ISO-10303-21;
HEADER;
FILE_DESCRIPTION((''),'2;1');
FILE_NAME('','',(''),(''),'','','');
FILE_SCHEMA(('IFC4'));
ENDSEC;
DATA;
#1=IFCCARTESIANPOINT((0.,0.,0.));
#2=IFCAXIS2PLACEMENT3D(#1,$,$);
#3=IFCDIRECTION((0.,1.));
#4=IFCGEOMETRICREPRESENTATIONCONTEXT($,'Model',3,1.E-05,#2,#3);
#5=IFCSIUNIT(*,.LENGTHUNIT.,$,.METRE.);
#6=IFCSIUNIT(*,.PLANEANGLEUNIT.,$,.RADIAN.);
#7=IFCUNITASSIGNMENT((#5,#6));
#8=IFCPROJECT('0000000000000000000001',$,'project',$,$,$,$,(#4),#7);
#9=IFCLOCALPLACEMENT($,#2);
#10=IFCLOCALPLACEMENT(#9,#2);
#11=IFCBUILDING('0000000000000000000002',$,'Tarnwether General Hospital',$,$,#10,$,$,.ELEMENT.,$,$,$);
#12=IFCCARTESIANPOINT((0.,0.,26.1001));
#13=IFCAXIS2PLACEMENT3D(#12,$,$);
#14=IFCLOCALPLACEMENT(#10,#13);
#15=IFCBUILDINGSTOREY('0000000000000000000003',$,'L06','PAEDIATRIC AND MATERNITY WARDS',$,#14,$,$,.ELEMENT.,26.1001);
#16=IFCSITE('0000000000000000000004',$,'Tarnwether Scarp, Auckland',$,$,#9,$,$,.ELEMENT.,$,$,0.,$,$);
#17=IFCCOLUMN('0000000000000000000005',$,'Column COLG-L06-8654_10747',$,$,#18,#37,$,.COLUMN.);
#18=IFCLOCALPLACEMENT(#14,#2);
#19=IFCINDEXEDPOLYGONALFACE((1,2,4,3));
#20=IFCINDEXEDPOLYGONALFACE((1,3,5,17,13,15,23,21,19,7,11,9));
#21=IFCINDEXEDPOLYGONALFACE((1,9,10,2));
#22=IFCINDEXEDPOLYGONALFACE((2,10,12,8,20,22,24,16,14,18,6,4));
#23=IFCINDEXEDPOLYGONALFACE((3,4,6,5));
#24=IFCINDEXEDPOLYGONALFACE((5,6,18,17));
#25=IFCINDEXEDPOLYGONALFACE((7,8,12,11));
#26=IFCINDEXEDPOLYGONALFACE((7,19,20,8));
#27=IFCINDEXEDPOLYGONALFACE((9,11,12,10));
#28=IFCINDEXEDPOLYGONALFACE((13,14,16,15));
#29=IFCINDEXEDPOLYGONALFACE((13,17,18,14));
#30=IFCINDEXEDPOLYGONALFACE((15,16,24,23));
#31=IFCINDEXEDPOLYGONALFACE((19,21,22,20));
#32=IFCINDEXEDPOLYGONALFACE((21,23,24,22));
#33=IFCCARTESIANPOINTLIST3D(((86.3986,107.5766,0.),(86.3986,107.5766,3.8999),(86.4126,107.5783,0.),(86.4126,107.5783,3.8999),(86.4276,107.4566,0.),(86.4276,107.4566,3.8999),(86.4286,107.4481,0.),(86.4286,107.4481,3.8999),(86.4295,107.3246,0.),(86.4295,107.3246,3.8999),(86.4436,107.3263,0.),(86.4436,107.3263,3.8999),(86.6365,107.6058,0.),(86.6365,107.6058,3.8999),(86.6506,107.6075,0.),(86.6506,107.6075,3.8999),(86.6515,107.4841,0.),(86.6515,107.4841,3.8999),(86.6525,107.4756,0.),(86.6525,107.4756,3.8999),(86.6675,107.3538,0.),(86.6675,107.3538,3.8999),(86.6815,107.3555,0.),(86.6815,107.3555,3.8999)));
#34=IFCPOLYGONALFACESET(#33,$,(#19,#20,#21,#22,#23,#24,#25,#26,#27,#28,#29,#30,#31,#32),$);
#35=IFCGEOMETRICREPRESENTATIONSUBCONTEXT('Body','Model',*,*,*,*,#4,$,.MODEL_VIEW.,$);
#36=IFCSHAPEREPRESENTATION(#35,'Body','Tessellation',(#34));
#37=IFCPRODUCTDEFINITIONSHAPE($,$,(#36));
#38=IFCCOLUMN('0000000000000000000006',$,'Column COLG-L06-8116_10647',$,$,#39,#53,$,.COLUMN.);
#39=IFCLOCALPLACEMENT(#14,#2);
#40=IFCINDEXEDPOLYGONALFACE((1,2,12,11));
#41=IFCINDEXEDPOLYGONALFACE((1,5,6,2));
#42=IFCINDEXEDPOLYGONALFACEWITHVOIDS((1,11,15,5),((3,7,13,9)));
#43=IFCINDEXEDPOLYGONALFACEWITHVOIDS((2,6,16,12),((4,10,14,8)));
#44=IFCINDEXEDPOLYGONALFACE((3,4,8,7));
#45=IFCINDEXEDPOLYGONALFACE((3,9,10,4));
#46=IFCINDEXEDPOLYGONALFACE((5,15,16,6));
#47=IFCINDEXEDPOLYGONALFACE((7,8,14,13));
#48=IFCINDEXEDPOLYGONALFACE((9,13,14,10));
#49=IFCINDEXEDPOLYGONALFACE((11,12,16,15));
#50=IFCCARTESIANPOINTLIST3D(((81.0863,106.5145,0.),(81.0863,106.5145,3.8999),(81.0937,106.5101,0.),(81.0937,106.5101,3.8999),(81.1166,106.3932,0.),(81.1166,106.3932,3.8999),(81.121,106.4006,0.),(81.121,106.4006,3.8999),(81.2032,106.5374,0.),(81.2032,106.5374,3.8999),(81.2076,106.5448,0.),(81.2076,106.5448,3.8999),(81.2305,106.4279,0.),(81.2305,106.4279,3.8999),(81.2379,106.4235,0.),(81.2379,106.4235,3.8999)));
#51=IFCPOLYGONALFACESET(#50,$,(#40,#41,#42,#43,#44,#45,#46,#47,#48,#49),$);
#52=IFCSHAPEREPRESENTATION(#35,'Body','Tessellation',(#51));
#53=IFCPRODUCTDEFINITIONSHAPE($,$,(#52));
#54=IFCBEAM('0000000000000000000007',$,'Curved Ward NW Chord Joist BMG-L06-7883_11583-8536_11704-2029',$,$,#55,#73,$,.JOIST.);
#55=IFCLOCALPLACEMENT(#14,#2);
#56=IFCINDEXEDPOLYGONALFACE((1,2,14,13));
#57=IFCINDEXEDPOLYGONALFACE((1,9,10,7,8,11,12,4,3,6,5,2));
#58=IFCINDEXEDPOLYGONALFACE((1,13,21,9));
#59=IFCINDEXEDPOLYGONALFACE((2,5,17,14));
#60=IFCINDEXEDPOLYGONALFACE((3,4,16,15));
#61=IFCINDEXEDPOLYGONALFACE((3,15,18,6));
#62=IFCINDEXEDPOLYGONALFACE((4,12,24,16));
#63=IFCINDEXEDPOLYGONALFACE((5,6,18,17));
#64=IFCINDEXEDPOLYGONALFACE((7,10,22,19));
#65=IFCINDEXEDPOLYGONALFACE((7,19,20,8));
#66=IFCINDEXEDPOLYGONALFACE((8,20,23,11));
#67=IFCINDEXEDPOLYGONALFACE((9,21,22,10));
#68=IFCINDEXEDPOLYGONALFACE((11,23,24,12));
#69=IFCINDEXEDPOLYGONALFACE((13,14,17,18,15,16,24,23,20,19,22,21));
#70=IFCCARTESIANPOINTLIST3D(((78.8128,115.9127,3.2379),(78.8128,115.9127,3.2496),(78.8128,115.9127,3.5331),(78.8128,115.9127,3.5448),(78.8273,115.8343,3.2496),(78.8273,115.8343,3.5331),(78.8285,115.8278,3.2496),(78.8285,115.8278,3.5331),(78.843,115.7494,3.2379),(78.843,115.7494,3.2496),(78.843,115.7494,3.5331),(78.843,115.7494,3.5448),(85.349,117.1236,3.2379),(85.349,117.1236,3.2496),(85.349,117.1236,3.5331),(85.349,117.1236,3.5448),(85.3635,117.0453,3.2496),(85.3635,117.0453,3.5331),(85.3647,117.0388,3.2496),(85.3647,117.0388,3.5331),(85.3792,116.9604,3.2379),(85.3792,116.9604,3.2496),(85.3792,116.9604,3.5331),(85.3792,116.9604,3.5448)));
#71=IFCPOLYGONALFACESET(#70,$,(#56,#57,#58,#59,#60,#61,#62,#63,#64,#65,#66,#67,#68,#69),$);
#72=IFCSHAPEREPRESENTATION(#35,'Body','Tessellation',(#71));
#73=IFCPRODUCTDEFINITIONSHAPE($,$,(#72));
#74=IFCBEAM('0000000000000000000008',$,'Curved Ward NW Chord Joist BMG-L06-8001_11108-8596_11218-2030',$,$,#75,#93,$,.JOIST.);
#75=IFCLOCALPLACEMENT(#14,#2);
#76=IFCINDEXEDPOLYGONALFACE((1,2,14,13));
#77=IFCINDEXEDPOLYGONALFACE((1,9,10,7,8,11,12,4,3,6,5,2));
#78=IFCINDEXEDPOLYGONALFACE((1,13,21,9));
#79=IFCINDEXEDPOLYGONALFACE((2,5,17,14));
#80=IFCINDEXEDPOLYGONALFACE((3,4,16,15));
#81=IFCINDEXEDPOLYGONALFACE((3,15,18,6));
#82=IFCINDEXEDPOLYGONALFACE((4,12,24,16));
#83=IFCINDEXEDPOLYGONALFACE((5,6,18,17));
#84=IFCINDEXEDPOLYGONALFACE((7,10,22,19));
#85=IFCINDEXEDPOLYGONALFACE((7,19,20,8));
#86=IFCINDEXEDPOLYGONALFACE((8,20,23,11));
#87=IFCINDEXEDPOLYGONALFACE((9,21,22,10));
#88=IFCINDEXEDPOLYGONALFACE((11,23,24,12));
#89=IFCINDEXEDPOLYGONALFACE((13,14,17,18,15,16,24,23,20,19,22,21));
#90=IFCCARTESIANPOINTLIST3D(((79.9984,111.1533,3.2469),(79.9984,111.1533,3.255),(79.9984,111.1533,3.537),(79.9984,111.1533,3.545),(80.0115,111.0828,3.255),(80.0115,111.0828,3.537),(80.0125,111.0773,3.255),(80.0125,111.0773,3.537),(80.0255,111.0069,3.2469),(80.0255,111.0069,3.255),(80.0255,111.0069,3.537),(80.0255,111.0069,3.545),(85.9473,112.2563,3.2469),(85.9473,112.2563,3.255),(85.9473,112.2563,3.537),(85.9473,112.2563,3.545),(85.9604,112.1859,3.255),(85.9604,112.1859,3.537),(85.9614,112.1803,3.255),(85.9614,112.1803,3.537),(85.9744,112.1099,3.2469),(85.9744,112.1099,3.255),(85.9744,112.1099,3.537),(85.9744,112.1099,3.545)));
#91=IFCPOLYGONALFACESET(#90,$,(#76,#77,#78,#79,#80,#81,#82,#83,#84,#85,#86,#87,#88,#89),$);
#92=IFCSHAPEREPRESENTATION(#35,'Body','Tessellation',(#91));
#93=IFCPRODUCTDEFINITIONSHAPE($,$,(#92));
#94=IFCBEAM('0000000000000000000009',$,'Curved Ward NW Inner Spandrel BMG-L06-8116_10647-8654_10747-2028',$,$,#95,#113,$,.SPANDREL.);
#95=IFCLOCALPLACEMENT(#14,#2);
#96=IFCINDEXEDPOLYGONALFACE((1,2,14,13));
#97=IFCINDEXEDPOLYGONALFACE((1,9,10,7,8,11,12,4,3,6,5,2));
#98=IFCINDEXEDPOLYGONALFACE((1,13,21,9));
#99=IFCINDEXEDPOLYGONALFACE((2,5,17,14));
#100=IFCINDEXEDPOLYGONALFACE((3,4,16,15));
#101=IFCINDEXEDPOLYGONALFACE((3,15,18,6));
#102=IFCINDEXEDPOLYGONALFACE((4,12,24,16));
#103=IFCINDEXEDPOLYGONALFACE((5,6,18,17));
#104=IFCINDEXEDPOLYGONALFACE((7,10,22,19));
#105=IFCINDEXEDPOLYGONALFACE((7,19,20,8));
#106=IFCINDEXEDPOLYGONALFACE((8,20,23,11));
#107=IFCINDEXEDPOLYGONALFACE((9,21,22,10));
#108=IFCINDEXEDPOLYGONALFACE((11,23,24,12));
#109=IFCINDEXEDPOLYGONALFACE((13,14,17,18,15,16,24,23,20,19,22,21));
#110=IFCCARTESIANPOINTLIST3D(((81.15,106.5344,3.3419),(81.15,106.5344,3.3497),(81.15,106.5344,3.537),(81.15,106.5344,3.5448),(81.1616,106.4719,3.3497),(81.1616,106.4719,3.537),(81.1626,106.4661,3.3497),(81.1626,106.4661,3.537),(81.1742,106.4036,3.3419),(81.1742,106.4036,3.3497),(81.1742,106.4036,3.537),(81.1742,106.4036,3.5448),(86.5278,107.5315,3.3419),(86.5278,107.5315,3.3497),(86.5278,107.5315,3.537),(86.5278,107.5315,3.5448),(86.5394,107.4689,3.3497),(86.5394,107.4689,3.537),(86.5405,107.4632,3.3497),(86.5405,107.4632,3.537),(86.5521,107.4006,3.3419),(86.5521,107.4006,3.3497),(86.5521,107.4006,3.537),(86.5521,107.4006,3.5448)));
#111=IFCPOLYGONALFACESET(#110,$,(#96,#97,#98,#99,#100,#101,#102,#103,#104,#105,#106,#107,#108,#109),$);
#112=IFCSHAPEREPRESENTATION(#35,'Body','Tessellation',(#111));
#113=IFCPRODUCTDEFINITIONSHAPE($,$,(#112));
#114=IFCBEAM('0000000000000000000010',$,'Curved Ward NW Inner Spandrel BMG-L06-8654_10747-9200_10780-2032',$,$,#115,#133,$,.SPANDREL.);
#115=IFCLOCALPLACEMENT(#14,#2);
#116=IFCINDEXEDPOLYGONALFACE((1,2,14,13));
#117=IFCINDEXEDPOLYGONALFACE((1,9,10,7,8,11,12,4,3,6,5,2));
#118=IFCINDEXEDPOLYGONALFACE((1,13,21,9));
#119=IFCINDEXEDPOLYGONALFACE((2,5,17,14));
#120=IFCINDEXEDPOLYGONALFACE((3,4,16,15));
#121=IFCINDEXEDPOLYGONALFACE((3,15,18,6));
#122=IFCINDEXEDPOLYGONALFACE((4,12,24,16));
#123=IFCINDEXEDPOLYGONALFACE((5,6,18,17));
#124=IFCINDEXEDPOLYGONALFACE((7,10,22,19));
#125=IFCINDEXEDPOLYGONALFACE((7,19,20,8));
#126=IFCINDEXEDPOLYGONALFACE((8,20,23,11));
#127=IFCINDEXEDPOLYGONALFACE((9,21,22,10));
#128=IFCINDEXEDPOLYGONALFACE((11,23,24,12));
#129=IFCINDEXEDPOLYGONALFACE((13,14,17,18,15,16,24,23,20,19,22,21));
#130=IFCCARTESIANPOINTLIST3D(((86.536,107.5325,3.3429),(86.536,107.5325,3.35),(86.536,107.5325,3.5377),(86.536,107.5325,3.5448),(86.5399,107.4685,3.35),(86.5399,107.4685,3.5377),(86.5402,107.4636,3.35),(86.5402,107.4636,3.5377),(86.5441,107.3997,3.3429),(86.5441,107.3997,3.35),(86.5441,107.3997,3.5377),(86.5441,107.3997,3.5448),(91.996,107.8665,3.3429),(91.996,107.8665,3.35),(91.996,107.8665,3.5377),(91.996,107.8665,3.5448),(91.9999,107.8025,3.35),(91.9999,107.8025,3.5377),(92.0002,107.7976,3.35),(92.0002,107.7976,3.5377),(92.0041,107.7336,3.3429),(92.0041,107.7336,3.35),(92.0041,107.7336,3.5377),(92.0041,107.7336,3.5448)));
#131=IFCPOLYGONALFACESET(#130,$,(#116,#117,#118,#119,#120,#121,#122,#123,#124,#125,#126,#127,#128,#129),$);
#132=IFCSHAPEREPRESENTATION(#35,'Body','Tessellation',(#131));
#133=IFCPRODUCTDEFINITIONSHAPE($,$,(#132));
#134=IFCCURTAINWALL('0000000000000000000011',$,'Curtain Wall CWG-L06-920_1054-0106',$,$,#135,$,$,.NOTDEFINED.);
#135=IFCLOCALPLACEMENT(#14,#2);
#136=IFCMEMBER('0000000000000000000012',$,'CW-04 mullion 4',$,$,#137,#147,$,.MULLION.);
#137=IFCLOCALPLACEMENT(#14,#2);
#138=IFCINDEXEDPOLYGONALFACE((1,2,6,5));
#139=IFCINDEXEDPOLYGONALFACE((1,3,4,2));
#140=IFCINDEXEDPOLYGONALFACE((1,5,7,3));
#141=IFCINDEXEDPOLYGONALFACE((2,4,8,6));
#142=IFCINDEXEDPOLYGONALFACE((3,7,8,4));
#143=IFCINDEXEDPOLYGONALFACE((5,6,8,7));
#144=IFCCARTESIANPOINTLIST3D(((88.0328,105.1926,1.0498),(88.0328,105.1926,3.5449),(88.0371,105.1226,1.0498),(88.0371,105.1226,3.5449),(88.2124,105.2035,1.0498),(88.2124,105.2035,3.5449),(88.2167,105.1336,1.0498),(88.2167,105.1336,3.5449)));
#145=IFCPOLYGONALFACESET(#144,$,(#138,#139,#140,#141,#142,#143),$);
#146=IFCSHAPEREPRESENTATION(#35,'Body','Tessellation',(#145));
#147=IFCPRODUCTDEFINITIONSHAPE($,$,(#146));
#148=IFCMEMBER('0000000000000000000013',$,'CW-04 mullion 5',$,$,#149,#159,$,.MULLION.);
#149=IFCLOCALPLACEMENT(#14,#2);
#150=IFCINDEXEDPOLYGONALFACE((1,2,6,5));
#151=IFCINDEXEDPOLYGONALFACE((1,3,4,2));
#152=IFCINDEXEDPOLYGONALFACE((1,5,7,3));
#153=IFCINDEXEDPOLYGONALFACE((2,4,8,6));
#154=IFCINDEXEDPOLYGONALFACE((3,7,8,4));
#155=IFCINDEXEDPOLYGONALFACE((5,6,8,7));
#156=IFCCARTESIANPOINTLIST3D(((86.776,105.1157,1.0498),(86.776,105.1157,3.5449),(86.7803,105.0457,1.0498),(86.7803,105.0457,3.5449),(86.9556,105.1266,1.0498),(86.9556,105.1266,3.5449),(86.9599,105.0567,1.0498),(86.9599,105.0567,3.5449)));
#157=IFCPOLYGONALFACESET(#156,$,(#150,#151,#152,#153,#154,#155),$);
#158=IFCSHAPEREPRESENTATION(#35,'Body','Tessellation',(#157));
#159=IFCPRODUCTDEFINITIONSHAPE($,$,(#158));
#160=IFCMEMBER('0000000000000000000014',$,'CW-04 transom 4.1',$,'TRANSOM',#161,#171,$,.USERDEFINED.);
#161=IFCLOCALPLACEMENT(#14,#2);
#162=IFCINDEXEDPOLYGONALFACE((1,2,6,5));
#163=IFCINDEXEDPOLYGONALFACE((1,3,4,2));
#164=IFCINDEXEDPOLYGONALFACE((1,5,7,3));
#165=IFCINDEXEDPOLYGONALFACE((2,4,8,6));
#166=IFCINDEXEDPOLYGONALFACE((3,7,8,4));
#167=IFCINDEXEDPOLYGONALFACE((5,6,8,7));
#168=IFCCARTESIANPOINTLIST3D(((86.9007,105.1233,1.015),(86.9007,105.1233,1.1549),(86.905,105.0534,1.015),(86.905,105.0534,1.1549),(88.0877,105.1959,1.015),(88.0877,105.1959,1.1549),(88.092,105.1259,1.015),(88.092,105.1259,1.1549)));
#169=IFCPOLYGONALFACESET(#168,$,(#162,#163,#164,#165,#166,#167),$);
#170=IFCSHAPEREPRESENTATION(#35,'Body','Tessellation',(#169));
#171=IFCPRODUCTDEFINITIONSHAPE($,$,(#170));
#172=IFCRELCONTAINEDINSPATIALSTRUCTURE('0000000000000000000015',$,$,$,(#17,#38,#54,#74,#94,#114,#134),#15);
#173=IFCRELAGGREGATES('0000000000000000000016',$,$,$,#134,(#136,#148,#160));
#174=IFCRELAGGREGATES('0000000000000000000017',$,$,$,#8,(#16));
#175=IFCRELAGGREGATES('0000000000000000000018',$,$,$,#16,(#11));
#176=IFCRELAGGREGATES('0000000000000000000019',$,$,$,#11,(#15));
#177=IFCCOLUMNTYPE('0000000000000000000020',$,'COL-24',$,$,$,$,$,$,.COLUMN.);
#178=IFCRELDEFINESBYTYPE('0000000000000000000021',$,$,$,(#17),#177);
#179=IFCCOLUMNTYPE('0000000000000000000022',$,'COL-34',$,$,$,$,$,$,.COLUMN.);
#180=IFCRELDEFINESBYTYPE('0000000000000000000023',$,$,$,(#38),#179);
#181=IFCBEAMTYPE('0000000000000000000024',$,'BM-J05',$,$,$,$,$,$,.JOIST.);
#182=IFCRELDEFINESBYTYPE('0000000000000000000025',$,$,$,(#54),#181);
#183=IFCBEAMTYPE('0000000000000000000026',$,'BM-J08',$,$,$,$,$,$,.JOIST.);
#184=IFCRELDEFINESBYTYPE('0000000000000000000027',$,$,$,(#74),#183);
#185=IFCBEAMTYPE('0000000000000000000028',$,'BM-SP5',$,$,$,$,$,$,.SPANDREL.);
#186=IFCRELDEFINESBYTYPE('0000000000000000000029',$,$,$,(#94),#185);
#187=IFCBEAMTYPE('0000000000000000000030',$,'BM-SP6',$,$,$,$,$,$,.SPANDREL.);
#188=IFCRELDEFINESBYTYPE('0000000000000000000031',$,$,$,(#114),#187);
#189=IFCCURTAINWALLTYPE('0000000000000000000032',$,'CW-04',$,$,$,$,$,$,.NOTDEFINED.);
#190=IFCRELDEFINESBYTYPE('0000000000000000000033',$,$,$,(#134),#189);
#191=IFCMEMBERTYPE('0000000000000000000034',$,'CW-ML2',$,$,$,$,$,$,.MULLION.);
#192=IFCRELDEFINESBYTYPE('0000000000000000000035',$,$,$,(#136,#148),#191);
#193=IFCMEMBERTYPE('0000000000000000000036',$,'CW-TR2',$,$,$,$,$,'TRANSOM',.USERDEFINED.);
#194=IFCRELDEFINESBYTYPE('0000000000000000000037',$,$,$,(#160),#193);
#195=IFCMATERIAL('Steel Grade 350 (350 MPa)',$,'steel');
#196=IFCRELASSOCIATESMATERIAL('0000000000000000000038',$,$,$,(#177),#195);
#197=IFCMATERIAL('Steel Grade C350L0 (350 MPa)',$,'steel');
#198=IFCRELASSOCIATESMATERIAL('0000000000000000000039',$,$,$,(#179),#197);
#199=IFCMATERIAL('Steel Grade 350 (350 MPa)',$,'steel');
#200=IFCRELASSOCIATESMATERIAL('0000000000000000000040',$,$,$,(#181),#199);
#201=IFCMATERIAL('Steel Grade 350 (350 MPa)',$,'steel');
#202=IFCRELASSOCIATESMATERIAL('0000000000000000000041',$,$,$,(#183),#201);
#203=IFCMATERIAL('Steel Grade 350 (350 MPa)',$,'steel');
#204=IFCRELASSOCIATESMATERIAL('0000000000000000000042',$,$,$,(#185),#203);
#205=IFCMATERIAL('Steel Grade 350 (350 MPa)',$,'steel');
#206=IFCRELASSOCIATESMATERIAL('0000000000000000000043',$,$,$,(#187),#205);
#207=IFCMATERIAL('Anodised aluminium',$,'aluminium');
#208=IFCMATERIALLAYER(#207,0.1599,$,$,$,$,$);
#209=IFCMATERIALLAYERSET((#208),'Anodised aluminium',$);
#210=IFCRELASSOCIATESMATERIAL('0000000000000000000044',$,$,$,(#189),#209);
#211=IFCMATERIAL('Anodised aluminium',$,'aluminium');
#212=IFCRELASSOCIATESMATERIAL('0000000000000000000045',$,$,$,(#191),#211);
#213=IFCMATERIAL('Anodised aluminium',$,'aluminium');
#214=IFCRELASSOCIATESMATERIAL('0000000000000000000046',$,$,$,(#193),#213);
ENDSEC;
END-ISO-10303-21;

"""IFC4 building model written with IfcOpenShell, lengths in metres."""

from ifc_helpers import new_model, si_unit, direction, frame, origin, origin_2d, place, context, subcontext, project, spatial, rectangle, hollow_rectangle, i_section, extrude, material, layer, layer_set, material_profile, profile_set, type_object, element, aggregate, save


model = new_model("IFC4")

# Units and contexts
model_context = context("Model", 3, precision=1e-05, world=origin(), true_north=direction((0.0, 1.0)))
body_context = subcontext(model_context, "Body", "Model", "MODEL_VIEW")
ifc_project = project(units=[si_unit("LENGTHUNIT", "METRE"), si_unit("PLANEANGLEUNIT", "RADIAN")], contexts=[model_context])

# Site, building, storey
site_placement = place(None, origin())
site = spatial("IfcSite", under=ifc_project, at=site_placement, Name="Tarnwether Scarp, Auckland", CompositionType="ELEMENT", RefElevation=0.0)
building_placement = place(site_placement, origin())
building = spatial("IfcBuilding", under=site, at=building_placement, Name="Tarnwether General Hospital", CompositionType="ELEMENT")
storey_placement = place(building_placement, frame((0.0, 0.0, 26.1001)))
storey = spatial("IfcBuildingStorey", under=building, at=storey_placement, Name="L06", Description="PAEDIATRIC AND MATERNITY WARDS", CompositionType="ELEMENT", Elevation=26.1001)

# Columns
ifc_material_1 = material(Name="Steel Grade 350 (350 MPa)", Category="steel")
ifc_material_profile_1 = material_profile(ifc_material_1, i_section(OverallWidth=0.2539, OverallDepth=0.2539, WebThickness=0.0085, FlangeThickness=0.0142, at=origin_2d()), Name="250UC72.9")
ifc_profile_set_1 = profile_set([ifc_material_profile_1], Name="Steel Grade 350 (350 MPa)")
column_type_1 = type_object("IfcColumnType", Name="COL-24", PredefinedType="COLUMN", material=ifc_profile_set_1)
column_1_placement = place(storey_placement, frame((86.54, 107.4661, 0.0), z_axis=(0.0, 0.0, 1.0), x_axis=(-0.121869, 0.992546, 0.0)))
element("IfcColumn", 1, at=column_1_placement, inside=storey, type_object=column_type_1, Name="Column COLG-L06-8654_10747", PredefinedType="COLUMN", context=body_context, shape_type="SweptSolid", body=[
    extrude(i_section(OverallWidth=0.2539, OverallDepth=0.2539, WebThickness=0.0085, FlangeThickness=0.0142, at=origin_2d()), origin(), (0.0, 0.0, 1.0), 3.8999),
])
ifc_material_2 = material(Name="Steel Grade C350L0 (350 MPa)", Category="steel")
ifc_material_profile_2 = material_profile(ifc_material_2, hollow_rectangle(XDim=0.125, YDim=0.125, WallThickness=0.0061, at=origin_2d()), Name="SHS125x125x6")
ifc_profile_set_2 = profile_set([ifc_material_profile_2], Name="Steel Grade C350L0 (350 MPa)")
column_type_2 = type_object("IfcColumnType", Name="COL-34", PredefinedType="COLUMN", material=ifc_profile_set_2)
column_2_placement = place(storey_placement, frame((81.1621, 106.469, 0.0), z_axis=(0.0, 0.0, 1.0), x_axis=(-0.241922, 0.970296, 0.0)))
element("IfcColumn", 2, at=column_2_placement, inside=storey, type_object=column_type_2, Name="Column COLG-L06-8116_10647", PredefinedType="COLUMN", context=body_context, shape_type="SweptSolid", body=[
    extrude(hollow_rectangle(XDim=0.125, YDim=0.125, WallThickness=0.0061, at=origin_2d()), origin(), (0.0, 0.0, 1.0), 3.8999),
])

# Beams
ifc_material_3 = material(Name="Steel Grade 350 (350 MPa)", Category="steel")
ifc_material_profile_3 = material_profile(ifc_material_3, i_section(OverallWidth=0.166, OverallDepth=0.3069, WebThickness=0.0066, FlangeThickness=0.0117, at=origin_2d()), Name="310UB46.2")
ifc_profile_set_3 = profile_set([ifc_material_profile_3], Name="Steel Grade 350 (350 MPa)")
beam_type_1 = type_object("IfcBeamType", Name="BM-J05", PredefinedType="JOIST", material=ifc_profile_set_3)
beam_1_placement = place(storey_placement, frame((78.8279, 115.8311, 3.3914), z_axis=(0.983267, 0.182168, 0.0), x_axis=(-0.182168, 0.983267, 0.0)))
element("IfcBeam", 3, at=beam_1_placement, inside=storey, type_object=beam_type_1, Name="Curved Ward NW Chord Joist BMG-L06-7883_11583-8536_11704-2029", PredefinedType="JOIST", context=body_context, shape_type="SweptSolid", body=[
    extrude(i_section(OverallWidth=0.166, OverallDepth=0.3069, WebThickness=0.0066, FlangeThickness=0.0117, at=origin_2d()), origin(), (0.0, 0.0, 1.0), 6.6475),
])
ifc_material_4 = material(Name="Steel Grade 350 (350 MPa)", Category="steel")
ifc_material_profile_4 = material_profile(ifc_material_4, i_section(OverallWidth=0.1489, OverallDepth=0.2981, WebThickness=0.0056, FlangeThickness=0.0081, at=origin_2d()), Name="310UB32.0")
ifc_profile_set_4 = profile_set([ifc_material_profile_4], Name="Steel Grade 350 (350 MPa)")
beam_type_2 = type_object("IfcBeamType", Name="BM-J08", PredefinedType="JOIST", material=ifc_profile_set_4)
beam_2_placement = place(storey_placement, frame((80.012, 111.0801, 3.396), z_axis=(0.983242, 0.182307, 0.0), x_axis=(-0.182307, 0.983242, 0.0)))
element("IfcBeam", 4, at=beam_2_placement, inside=storey, type_object=beam_type_2, Name="Curved Ward NW Chord Joist BMG-L06-8001_11108-8596_11218-2030", PredefinedType="JOIST", context=body_context, shape_type="SweptSolid", body=[
    extrude(i_section(OverallWidth=0.1489, OverallDepth=0.2981, WebThickness=0.0056, FlangeThickness=0.0081, at=origin_2d()), origin(), (0.0, 0.0, 1.0), 6.0503),
])
ifc_material_5 = material(Name="Steel Grade 350 (350 MPa)", Category="steel")
ifc_material_profile_5 = material_profile(ifc_material_5, i_section(OverallWidth=0.1331, OverallDepth=0.2029, WebThickness=0.0059, FlangeThickness=0.0078, at=origin_2d()), Name="200UB25.4")
ifc_profile_set_5 = profile_set([ifc_material_profile_5], Name="Steel Grade 350 (350 MPa)")
beam_type_3 = type_object("IfcBeamType", Name="BM-SP5", PredefinedType="SPANDREL", material=ifc_profile_set_5)
beam_3_placement = place(storey_placement, frame((81.1621, 106.469, 3.4434), z_axis=(0.983244, 0.182294, 0.0), x_axis=(-0.182294, 0.983244, 0.0)))
element("IfcBeam", 5, at=beam_3_placement, inside=storey, type_object=beam_type_3, Name="Curved Ward NW Inner Spandrel BMG-L06-8116_10647-8654_10747-2028", PredefinedType="SPANDREL", context=body_context, shape_type="SweptSolid", body=[
    extrude(i_section(OverallWidth=0.1331, OverallDepth=0.2029, WebThickness=0.0059, FlangeThickness=0.0078, at=origin_2d()), origin(), (0.0, 0.0, 1.0), 5.4695),
])
ifc_material_6 = material(Name="Steel Grade 350 (350 MPa)", Category="steel")
ifc_material_profile_6 = material_profile(ifc_material_6, i_section(OverallWidth=0.1331, OverallDepth=0.2019, WebThickness=0.0049, FlangeThickness=0.0071, at=origin_2d()), Name="200UB22.3")
ifc_profile_set_6 = profile_set([ifc_material_profile_6], Name="Steel Grade 350 (350 MPa)")
beam_type_4 = type_object("IfcBeamType", Name="BM-SP6", PredefinedType="SPANDREL", material=ifc_profile_set_6)
beam_4_placement = place(storey_placement, frame((86.54, 107.4661, 3.4438), z_axis=(0.998134, 0.061056, 0.0), x_axis=(-0.061056, 0.998134, 0.0)))
element("IfcBeam", 6, at=beam_4_placement, inside=storey, type_object=beam_type_4, Name="Curved Ward NW Inner Spandrel BMG-L06-8654_10747-9200_10780-2032", PredefinedType="SPANDREL", context=body_context, shape_type="SweptSolid", body=[
    extrude(i_section(OverallWidth=0.1331, OverallDepth=0.2019, WebThickness=0.0049, FlangeThickness=0.0071, at=origin_2d()), origin(), (0.0, 0.0, 1.0), 5.4702),
])

# Curtain wall, members
ifc_material_7 = material(Name="Anodised aluminium", Category="aluminium")
ifc_layer_1 = layer(ifc_material_7, 0.1599)
ifc_layer_set_1 = layer_set([ifc_layer_1], Name="Anodised aluminium")
curtain_wall_type = type_object("IfcCurtainWallType", Name="CW-04", PredefinedType="NOTDEFINED", material=ifc_layer_set_1)
curtain_wall_placement = place(storey_placement, origin())
curtain_wall = element("IfcCurtainWall", 7, at=curtain_wall_placement, inside=storey, type_object=curtain_wall_type, Name="Curtain Wall CWG-L06-920_1054-0106", PredefinedType="NOTDEFINED")
ifc_material_8 = material(Name="Anodised aluminium", Category="aluminium")
ifc_material_profile_7 = material_profile(ifc_material_8, rectangle(XDim=0.0701, YDim=0.1799, at=origin_2d()), Name="ALU-MUL-70x180")
ifc_profile_set_7 = profile_set([ifc_material_profile_7], Name="Anodised aluminium")
member_type_1 = type_object("IfcMemberType", Name="CW-ML2", PredefinedType="MULLION", material=ifc_profile_set_7)
member_1_placement = place(storey_placement, frame((88.1248, 105.1631, 1.0498), z_axis=(0.0, 0.0, 1.0), x_axis=(0.061043, -0.998135, 0.0)))
member_1 = element("IfcMember", 8, at=member_1_placement, type_object=member_type_1, Name="CW-04 mullion 4", PredefinedType="MULLION", context=body_context, shape_type="SweptSolid", body=[
    extrude(rectangle(XDim=0.0701, YDim=0.1799, at=origin_2d()), origin(), (0.0, 0.0, 1.0), 2.4951),
])
member_2_placement = place(storey_placement, frame((86.8679, 105.0862, 1.0498), z_axis=(0.0, 0.0, 1.0), x_axis=(0.061043, -0.998135, 0.0)))
member_2 = element("IfcMember", 9, at=member_2_placement, type_object=member_type_1, Name="CW-04 mullion 5", PredefinedType="MULLION", context=body_context, shape_type="SweptSolid", body=[
    extrude(rectangle(XDim=0.0701, YDim=0.1799, at=origin_2d()), origin(), (0.0, 0.0, 1.0), 2.4951),
])
ifc_material_9 = material(Name="Anodised aluminium", Category="aluminium")
ifc_material_profile_8 = material_profile(ifc_material_9, rectangle(XDim=0.0701, YDim=0.1399, at=origin_2d()), Name="ALU-TRN-70x140")
ifc_profile_set_8 = profile_set([ifc_material_profile_8], Name="Anodised aluminium")
member_type_2 = type_object("IfcMemberType", Name="CW-TR2", ElementType="TRANSOM", PredefinedType="USERDEFINED", material=ifc_profile_set_8)
member_3_placement = place(storey_placement, frame((88.0898, 105.1609, 1.085), z_axis=(-0.998139, -0.060972, 0.0), x_axis=(0.060972, -0.998139, 0.0)))
member_3 = element("IfcMember", 10, at=member_3_placement, type_object=member_type_2, Name="CW-04 transom 4.1", ObjectType="TRANSOM", PredefinedType="USERDEFINED", context=body_context, shape_type="SweptSolid", body=[
    extrude(rectangle(XDim=0.0701, YDim=0.1399, at=origin_2d()), origin(), (0.0, 0.0, 1.0), 1.1892),
])
aggregate(curtain_wall, [member_1, member_2, member_3])

save(model, "model.ifc")
